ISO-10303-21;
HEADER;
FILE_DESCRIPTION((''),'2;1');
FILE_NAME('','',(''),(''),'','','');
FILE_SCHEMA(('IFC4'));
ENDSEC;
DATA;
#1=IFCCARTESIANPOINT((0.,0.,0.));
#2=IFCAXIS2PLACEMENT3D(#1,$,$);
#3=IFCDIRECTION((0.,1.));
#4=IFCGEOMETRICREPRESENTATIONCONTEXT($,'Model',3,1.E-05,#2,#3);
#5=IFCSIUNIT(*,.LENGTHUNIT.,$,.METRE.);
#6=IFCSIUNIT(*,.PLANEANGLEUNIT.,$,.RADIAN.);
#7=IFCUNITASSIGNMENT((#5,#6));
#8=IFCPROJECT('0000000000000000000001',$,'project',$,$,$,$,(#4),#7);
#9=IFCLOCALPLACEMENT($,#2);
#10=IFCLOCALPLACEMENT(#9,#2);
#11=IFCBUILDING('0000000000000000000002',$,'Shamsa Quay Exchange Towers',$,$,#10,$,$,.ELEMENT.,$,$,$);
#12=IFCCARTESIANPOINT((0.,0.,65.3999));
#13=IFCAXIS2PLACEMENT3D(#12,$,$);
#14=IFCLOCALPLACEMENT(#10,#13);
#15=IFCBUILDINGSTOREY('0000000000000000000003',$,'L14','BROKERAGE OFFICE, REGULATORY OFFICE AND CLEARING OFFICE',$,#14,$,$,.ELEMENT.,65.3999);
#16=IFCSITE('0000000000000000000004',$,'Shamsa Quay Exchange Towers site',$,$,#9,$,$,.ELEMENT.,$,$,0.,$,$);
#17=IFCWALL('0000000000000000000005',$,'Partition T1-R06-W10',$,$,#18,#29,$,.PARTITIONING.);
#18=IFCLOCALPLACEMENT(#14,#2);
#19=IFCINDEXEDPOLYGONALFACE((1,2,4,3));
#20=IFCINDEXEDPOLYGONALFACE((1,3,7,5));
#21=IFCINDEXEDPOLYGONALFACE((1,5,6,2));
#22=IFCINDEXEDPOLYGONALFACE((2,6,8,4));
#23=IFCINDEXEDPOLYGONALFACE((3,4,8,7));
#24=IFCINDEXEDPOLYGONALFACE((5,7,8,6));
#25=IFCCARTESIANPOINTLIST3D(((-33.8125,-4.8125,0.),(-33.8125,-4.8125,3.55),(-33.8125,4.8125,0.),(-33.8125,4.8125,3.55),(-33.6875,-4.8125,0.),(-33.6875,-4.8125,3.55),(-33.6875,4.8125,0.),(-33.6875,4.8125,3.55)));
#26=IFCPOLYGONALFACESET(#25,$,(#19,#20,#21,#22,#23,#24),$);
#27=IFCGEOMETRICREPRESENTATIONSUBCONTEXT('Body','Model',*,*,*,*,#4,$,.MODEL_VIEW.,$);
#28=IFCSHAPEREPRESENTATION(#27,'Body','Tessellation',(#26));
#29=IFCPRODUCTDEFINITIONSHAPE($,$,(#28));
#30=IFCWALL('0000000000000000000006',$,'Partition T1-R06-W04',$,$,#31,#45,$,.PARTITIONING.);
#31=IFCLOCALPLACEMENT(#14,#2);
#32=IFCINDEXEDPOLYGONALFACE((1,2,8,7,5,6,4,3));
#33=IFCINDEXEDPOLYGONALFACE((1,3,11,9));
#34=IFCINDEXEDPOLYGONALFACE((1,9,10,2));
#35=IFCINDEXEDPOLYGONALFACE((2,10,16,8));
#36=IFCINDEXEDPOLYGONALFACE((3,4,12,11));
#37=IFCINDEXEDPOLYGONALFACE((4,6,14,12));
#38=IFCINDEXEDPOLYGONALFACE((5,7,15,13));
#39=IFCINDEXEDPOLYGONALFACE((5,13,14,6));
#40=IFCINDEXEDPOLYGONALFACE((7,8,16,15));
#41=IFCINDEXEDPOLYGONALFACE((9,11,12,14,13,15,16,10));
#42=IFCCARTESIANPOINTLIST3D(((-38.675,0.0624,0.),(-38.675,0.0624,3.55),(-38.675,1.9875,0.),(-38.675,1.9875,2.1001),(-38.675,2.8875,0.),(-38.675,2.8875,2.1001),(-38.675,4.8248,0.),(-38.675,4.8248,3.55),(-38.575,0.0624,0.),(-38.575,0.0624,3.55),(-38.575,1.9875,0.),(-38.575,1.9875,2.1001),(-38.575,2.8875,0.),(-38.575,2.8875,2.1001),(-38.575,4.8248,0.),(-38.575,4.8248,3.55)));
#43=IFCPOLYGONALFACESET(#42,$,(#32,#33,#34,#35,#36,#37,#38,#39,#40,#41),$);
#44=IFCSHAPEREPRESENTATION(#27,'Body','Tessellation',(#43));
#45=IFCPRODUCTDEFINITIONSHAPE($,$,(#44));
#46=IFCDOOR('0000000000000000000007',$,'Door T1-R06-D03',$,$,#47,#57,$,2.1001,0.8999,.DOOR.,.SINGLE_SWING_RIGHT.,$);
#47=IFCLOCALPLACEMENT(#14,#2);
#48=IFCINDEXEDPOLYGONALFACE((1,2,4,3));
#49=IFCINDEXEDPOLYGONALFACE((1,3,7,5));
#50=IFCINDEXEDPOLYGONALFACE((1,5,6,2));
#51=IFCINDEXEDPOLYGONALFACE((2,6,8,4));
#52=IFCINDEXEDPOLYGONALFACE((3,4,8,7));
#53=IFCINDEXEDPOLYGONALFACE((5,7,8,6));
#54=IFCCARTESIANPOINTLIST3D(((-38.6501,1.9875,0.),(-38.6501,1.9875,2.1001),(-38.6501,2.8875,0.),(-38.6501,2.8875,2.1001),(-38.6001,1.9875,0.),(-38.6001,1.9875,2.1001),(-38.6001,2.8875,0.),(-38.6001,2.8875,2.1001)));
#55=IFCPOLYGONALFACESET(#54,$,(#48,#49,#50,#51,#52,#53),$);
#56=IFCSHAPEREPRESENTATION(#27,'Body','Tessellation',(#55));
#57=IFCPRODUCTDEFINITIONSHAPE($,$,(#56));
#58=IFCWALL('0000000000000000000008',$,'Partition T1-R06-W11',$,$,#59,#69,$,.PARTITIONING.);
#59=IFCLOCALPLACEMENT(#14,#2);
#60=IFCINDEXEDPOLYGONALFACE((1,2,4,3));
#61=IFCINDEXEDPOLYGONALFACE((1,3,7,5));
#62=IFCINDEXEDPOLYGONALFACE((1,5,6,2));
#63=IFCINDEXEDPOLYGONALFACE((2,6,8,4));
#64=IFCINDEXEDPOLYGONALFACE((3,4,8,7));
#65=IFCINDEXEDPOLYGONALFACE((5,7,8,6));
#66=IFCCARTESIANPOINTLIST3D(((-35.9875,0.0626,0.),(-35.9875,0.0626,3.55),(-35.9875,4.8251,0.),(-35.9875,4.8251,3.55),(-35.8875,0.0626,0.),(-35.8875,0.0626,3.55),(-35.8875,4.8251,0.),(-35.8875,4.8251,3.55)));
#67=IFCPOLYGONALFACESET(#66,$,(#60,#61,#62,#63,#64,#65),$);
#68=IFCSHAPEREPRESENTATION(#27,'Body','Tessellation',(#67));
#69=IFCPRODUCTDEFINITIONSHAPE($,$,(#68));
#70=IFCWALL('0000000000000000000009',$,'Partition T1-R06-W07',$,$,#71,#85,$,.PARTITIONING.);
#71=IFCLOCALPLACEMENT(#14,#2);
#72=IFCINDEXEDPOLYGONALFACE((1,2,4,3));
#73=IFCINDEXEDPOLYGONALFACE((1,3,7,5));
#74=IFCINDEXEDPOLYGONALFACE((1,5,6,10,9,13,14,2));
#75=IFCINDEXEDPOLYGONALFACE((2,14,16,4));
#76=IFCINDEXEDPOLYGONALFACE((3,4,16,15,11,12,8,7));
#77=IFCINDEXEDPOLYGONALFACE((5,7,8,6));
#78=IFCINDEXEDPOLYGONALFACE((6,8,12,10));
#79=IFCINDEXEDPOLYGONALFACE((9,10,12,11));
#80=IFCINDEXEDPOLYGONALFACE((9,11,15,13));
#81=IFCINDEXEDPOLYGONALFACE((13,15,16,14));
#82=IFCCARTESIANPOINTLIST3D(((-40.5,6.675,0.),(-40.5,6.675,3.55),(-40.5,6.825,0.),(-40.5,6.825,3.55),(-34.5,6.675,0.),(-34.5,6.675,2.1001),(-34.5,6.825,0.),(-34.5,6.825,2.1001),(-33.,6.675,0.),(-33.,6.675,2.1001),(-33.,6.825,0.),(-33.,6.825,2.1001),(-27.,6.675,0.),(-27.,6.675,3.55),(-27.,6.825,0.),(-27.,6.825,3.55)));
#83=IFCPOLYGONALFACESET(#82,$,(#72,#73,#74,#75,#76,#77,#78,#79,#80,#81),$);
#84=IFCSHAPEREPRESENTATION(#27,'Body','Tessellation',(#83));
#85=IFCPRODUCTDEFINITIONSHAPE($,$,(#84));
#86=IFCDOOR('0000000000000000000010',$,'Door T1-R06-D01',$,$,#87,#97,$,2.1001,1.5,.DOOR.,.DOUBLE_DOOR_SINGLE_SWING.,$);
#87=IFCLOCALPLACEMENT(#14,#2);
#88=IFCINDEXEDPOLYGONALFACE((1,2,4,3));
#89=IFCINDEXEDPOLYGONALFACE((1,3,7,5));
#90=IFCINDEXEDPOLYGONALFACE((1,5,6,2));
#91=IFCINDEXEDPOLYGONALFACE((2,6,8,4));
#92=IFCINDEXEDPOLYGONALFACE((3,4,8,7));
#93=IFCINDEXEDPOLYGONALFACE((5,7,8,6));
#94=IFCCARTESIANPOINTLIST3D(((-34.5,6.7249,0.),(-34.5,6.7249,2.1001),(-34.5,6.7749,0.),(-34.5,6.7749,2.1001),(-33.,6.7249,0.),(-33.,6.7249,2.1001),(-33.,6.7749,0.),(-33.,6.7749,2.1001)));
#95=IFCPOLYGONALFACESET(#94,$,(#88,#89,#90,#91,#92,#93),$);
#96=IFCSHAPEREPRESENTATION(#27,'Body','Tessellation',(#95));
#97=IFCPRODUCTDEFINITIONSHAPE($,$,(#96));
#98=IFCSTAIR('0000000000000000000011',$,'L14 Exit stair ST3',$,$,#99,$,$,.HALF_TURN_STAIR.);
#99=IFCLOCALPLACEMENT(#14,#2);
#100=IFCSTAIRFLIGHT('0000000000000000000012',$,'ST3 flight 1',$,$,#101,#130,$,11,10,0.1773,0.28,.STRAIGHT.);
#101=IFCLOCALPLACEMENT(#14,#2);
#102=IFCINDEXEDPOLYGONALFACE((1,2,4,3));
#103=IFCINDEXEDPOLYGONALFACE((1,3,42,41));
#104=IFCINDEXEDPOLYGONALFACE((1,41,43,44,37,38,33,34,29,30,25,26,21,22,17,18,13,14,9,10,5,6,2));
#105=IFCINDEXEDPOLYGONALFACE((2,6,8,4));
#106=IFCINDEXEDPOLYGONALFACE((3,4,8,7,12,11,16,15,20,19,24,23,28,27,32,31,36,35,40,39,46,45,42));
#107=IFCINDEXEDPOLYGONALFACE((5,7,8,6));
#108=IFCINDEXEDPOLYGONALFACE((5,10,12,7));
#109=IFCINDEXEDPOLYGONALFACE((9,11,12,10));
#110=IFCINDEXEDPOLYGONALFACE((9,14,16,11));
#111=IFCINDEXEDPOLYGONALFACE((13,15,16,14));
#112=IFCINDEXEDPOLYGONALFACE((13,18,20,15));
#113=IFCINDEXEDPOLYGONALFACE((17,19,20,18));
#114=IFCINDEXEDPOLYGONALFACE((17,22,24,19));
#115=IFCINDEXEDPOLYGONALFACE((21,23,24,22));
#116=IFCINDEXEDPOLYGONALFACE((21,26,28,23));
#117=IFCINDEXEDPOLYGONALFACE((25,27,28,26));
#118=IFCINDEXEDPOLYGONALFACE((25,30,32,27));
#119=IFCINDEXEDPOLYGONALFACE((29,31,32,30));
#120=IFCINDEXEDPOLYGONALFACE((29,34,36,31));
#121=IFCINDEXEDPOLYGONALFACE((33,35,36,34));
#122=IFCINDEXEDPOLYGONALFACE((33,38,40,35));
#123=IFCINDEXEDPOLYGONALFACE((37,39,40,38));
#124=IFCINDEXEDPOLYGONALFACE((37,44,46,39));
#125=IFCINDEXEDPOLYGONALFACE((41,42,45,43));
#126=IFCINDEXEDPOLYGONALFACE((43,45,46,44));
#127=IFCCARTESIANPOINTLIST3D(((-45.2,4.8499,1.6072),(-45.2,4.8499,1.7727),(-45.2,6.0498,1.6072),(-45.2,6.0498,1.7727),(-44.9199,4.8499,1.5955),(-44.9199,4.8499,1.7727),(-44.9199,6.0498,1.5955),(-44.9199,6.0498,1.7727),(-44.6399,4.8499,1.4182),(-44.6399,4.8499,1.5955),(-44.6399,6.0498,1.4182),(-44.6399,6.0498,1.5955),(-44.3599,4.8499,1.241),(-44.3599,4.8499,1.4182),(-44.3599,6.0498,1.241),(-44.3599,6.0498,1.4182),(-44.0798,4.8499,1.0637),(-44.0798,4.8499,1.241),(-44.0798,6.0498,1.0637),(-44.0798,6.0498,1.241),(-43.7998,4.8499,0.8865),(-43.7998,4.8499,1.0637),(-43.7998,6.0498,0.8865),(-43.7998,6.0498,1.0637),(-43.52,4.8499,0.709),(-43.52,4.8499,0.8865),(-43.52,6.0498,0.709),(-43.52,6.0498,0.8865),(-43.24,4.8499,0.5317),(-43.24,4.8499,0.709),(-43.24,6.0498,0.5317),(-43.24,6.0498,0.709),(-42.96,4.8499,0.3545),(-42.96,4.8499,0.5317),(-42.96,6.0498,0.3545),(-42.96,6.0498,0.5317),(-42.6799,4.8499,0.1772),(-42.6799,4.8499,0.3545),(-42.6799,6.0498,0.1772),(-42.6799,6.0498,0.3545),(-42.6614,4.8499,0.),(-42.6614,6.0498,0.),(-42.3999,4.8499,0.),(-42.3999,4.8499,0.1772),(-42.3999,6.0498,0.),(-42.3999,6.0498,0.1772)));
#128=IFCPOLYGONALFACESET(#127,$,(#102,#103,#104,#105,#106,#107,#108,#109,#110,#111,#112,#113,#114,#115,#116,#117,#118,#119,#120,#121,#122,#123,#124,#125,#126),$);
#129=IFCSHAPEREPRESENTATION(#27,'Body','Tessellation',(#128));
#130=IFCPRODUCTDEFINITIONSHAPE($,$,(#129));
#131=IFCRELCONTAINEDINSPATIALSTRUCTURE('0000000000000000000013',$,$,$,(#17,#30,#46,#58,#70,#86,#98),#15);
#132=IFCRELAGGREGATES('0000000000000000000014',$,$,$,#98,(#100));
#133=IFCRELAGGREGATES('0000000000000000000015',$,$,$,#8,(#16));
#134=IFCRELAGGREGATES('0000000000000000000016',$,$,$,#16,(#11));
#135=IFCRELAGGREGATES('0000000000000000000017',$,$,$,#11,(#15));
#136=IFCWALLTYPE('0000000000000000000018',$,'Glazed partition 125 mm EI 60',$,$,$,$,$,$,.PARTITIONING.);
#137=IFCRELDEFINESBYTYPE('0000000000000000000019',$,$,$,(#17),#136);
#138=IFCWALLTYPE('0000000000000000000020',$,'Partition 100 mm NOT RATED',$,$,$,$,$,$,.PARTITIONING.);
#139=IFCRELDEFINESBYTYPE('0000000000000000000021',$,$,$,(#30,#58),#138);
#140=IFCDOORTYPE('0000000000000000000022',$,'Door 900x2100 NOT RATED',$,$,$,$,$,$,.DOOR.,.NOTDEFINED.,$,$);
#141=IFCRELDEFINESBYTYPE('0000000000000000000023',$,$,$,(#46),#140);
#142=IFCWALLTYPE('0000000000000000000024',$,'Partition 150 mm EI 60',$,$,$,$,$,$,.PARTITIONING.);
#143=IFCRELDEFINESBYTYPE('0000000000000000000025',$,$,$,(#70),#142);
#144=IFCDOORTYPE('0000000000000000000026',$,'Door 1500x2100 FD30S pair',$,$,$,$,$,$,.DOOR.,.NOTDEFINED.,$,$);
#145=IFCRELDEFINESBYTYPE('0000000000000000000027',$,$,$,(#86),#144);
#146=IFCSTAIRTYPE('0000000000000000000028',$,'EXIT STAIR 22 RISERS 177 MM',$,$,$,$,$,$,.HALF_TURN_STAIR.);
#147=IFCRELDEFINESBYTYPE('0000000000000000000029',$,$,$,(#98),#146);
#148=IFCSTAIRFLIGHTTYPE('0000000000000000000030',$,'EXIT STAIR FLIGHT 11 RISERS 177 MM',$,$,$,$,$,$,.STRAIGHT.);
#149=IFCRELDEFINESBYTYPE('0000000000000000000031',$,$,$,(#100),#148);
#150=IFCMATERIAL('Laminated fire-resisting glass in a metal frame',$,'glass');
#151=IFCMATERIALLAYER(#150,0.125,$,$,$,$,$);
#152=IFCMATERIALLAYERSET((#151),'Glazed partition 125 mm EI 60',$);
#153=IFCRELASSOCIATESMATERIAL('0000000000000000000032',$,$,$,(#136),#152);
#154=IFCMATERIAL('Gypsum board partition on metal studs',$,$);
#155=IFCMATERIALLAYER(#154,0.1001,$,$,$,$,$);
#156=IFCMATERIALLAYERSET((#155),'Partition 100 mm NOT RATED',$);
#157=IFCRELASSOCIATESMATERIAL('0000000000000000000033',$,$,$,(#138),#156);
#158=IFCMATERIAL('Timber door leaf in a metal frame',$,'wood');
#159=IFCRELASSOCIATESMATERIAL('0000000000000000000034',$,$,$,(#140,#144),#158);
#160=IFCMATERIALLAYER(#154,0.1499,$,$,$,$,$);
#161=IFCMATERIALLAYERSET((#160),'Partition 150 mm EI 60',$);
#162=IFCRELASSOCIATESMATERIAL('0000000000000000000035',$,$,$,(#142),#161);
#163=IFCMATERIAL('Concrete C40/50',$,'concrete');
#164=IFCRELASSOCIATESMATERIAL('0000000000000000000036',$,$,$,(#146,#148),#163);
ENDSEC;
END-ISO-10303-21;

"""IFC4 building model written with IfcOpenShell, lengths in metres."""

from ifc_helpers import new_model, si_unit, direction, frame, frame_2d, origin, place, context, subcontext, project, spatial, polyline, rectangle, outline, extrude, material, layer, layer_set, type_object, element, fill, aggregate, save


model = new_model("IFC4")

# Units and contexts
model_context = context("Model", 3, precision=1e-05, world=origin(), true_north=direction((0.0, 1.0)))
body_context = subcontext(model_context, "Body", "Model", "MODEL_VIEW")
ifc_project = project(units=[si_unit("LENGTHUNIT", "METRE"), si_unit("PLANEANGLEUNIT", "RADIAN")], contexts=[model_context])

# Site, building, storey
site_placement = place(None, origin())
site = spatial("IfcSite", under=ifc_project, at=site_placement, Name="Shamsa Quay Exchange Towers site", CompositionType="ELEMENT", RefElevation=0.0)
building_placement = place(site_placement, origin())
building = spatial("IfcBuilding", under=site, at=building_placement, Name="Shamsa Quay Exchange Towers", CompositionType="ELEMENT")
storey_placement = place(building_placement, frame((0.0, 0.0, 65.3999)))
storey = spatial("IfcBuildingStorey", under=building, at=storey_placement, Name="L14", Description="BROKERAGE OFFICE, REGULATORY OFFICE AND CLEARING OFFICE", CompositionType="ELEMENT", Elevation=65.3999)

# Wall
ifc_material_1 = material(Name="Laminated fire-resisting glass in a metal frame", Category="glass")
ifc_layer_1 = layer(ifc_material_1, 0.125)
ifc_layer_set_1 = layer_set([ifc_layer_1], Name="Glazed partition 125 mm EI 60")
wall_type_1 = type_object("IfcWallType", Name="Glazed partition 125 mm EI 60", PredefinedType="PARTITIONING", material=ifc_layer_set_1)
wall_1_placement = place(storey_placement, frame((-33.75, 4.8125, 0.0), z_axis=(0.0, 0.0, 1.0), x_axis=(0.0, -1.0, 0.0)))
element("IfcWall", 1, at=wall_1_placement, inside=storey, type_object=wall_type_1, Name="Partition T1-R06-W10", PredefinedType="PARTITIONING", context=body_context, shape_type="SweptSolid", body=[
    extrude(rectangle(XDim=9.625, YDim=0.125, at=frame_2d((4.8125, 0.0))), origin(), (0.0, 0.0, 1.0), 3.55),
])

# Wall, opening, door
ifc_material_2 = material(Name="Gypsum board partition on metal studs")
ifc_layer_2 = layer(ifc_material_2, 0.1001)
ifc_layer_set_2 = layer_set([ifc_layer_2], Name="Partition 100 mm NOT RATED")
wall_type_2 = type_object("IfcWallType", Name="Partition 100 mm NOT RATED", PredefinedType="PARTITIONING", material=ifc_layer_set_2)
wall_2_placement = place(storey_placement, frame((-38.625, 4.825, 0.0), z_axis=(0.0, 0.0, 1.0), x_axis=(0.0, -1.0, 0.0)))
wall_2 = element("IfcWall", 2, at=wall_2_placement, inside=storey, type_object=wall_type_2, Name="Partition T1-R06-W04", PredefinedType="PARTITIONING", context=body_context, shape_type="SweptSolid", body=[
    extrude(rectangle(XDim=4.7625, YDim=0.1001, at=frame_2d((2.3813, 0.0))), origin(), (0.0, 0.0, 1.0), 3.55),
])
opening_1_placement = place(wall_2_placement, frame((1.9375, 0.0, 0.0)))
opening_1 = element("IfcOpeningElement", 3, at=opening_1_placement, cuts=wall_2, PredefinedType="OPENING", context=body_context, shape_type="SweptSolid", body=[
    extrude(rectangle(XDim=0.8999, YDim=2.1001, at=frame_2d((0.45, 1.05))), frame((0.0, 0.0601, 0.0), z_axis=(0.0, -1.0, 0.0), x_axis=(1.0, 0.0, 0.0)), (0.0, 0.0, 1.0), 0.1201),
])
ifc_material_3 = material(Name="Timber door leaf in a metal frame", Category="wood")
door_type_1 = type_object("IfcDoorType", Name="Door 900x2100 NOT RATED", OperationType="NOTDEFINED", PredefinedType="DOOR", material=ifc_material_3)
door_1_placement = place(opening_1_placement, origin())
door_1 = element("IfcDoor", 4, at=door_1_placement, inside=storey, type_object=door_type_1, Name="Door T1-R06-D03", OperationType="SINGLE_SWING_RIGHT", OverallHeight=2.1001, OverallWidth=0.8999, PredefinedType="DOOR", context=body_context, shape_type="SweptSolid", body=[
    extrude(rectangle(XDim=0.8999, YDim=2.1001, at=frame_2d((0.45, 1.05))), frame((0.0, 0.0249, 0.0), z_axis=(0.0, -1.0, 0.0), x_axis=(1.0, 0.0, 0.0)), (0.0, 0.0, 1.0), 0.05),
])
fill(opening_1, door_1)

# Wall
wall_3_placement = place(storey_placement, frame((-35.9375, 0.0625, 0.0), z_axis=(0.0, 0.0, 1.0), x_axis=(0.0, 1.0, 0.0)))
element("IfcWall", 5, at=wall_3_placement, inside=storey, type_object=wall_type_2, Name="Partition T1-R06-W11", PredefinedType="PARTITIONING", context=body_context, shape_type="SweptSolid", body=[
    extrude(rectangle(XDim=4.7625, YDim=0.1001, at=frame_2d((2.3813, 0.0))), origin(), (0.0, 0.0, 1.0), 3.55),
])

# Wall, opening, door
ifc_layer_3 = layer(ifc_material_2, 0.1499)
ifc_layer_set_3 = layer_set([ifc_layer_3], Name="Partition 150 mm EI 60")
wall_type_3 = type_object("IfcWallType", Name="Partition 150 mm EI 60", PredefinedType="PARTITIONING", material=ifc_layer_set_3)
wall_4_placement = place(storey_placement, frame((-40.5, 6.75, 0.0)))
wall_4 = element("IfcWall", 6, at=wall_4_placement, inside=storey, type_object=wall_type_3, Name="Partition T1-R06-W07", PredefinedType="PARTITIONING", context=body_context, shape_type="SweptSolid", body=[
    extrude(rectangle(XDim=13.5, YDim=0.1499, at=frame_2d((6.75, 0.0))), origin(), (0.0, 0.0, 1.0), 3.55),
])
opening_2_placement = place(wall_4_placement, frame((6.0, 0.0, 0.0)))
opening_2 = element("IfcOpeningElement", 7, at=opening_2_placement, cuts=wall_4, PredefinedType="OPENING", context=body_context, shape_type="SweptSolid", body=[
    extrude(rectangle(XDim=1.5, YDim=2.1001, at=frame_2d((0.75, 1.05))), frame((0.0, 0.085, 0.0), z_axis=(0.0, -1.0, 0.0), x_axis=(1.0, 0.0, 0.0)), (0.0, 0.0, 1.0), 0.1699),
])
door_type_2 = type_object("IfcDoorType", Name="Door 1500x2100 FD30S pair", OperationType="NOTDEFINED", PredefinedType="DOOR", material=ifc_material_3)
door_2_placement = place(opening_2_placement, origin())
door_2 = element("IfcDoor", 8, at=door_2_placement, inside=storey, type_object=door_type_2, Name="Door T1-R06-D01", OperationType="DOUBLE_DOOR_SINGLE_SWING", OverallHeight=2.1001, OverallWidth=1.5, PredefinedType="DOOR", context=body_context, shape_type="SweptSolid", body=[
    extrude(rectangle(XDim=1.5, YDim=2.1001, at=frame_2d((0.75, 1.05))), frame((0.0, 0.0249, 0.0), z_axis=(0.0, -1.0, 0.0), x_axis=(1.0, 0.0, 0.0)), (0.0, 0.0, 1.0), 0.05),
])
fill(opening_2, door_2)

# Stair, stair flight
ifc_material_4 = material(Name="Concrete C40/50", Category="concrete")
stair_type = type_object("IfcStairType", Name="EXIT STAIR 22 RISERS 177 MM", PredefinedType="HALF_TURN_STAIR", material=ifc_material_4)
stair_placement = place(storey_placement, origin())
stair = element("IfcStair", 9, at=stair_placement, inside=storey, type_object=stair_type, Name="L14 Exit stair ST3", PredefinedType="HALF_TURN_STAIR")
stair_flight_type = type_object("IfcStairFlightType", Name="EXIT STAIR FLIGHT 11 RISERS 177 MM", PredefinedType="STRAIGHT", material=ifc_material_4)
stair_flight_placement = place(storey_placement, frame((-42.3999, 5.45, 0.0), z_axis=(0.0, 0.0, 1.0), x_axis=(-1.0, 0.0, 0.0)))
stair_flight = element("IfcStairFlight", 10, at=stair_flight_placement, type_object=stair_flight_type, Name="ST3 flight 1", NumberOfRisers=11, NumberOfTreads=10, PredefinedType="STRAIGHT", RiserHeight=0.1773, TreadLength=0.28, context=body_context, shape_type="SweptSolid", body=[
    extrude(outline(polyline([(0.0, 0.0), (0.0, 0.1772), (0.28, 0.1772), (0.28, 0.3545), (0.5601, 0.3545), (0.5601, 0.5317), (0.8401, 0.5317), (0.8401, 0.709), (1.1201, 0.709), (1.1201, 0.8865), (1.3999, 0.8865), (1.3999, 1.0637), (1.6799, 1.0637), (1.6799, 1.241), (1.96, 1.241), (1.96, 1.4182), (2.24, 1.4182), (2.24, 1.5955), (2.52, 1.5955), (2.52, 1.7727), (2.8, 1.7727), (2.8, 1.95), (2.8, 1.6072), (0.2615, 0.0), (0.0, 0.0)])), frame((0.0, 0.6001, 0.0), z_axis=(0.0, -1.0, 0.0), x_axis=(1.0, 0.0, 0.0)), (0.0, 0.0, 1.0), 1.2),
])
aggregate(stair, [stair_flight])

save(model, "model.ifc")
